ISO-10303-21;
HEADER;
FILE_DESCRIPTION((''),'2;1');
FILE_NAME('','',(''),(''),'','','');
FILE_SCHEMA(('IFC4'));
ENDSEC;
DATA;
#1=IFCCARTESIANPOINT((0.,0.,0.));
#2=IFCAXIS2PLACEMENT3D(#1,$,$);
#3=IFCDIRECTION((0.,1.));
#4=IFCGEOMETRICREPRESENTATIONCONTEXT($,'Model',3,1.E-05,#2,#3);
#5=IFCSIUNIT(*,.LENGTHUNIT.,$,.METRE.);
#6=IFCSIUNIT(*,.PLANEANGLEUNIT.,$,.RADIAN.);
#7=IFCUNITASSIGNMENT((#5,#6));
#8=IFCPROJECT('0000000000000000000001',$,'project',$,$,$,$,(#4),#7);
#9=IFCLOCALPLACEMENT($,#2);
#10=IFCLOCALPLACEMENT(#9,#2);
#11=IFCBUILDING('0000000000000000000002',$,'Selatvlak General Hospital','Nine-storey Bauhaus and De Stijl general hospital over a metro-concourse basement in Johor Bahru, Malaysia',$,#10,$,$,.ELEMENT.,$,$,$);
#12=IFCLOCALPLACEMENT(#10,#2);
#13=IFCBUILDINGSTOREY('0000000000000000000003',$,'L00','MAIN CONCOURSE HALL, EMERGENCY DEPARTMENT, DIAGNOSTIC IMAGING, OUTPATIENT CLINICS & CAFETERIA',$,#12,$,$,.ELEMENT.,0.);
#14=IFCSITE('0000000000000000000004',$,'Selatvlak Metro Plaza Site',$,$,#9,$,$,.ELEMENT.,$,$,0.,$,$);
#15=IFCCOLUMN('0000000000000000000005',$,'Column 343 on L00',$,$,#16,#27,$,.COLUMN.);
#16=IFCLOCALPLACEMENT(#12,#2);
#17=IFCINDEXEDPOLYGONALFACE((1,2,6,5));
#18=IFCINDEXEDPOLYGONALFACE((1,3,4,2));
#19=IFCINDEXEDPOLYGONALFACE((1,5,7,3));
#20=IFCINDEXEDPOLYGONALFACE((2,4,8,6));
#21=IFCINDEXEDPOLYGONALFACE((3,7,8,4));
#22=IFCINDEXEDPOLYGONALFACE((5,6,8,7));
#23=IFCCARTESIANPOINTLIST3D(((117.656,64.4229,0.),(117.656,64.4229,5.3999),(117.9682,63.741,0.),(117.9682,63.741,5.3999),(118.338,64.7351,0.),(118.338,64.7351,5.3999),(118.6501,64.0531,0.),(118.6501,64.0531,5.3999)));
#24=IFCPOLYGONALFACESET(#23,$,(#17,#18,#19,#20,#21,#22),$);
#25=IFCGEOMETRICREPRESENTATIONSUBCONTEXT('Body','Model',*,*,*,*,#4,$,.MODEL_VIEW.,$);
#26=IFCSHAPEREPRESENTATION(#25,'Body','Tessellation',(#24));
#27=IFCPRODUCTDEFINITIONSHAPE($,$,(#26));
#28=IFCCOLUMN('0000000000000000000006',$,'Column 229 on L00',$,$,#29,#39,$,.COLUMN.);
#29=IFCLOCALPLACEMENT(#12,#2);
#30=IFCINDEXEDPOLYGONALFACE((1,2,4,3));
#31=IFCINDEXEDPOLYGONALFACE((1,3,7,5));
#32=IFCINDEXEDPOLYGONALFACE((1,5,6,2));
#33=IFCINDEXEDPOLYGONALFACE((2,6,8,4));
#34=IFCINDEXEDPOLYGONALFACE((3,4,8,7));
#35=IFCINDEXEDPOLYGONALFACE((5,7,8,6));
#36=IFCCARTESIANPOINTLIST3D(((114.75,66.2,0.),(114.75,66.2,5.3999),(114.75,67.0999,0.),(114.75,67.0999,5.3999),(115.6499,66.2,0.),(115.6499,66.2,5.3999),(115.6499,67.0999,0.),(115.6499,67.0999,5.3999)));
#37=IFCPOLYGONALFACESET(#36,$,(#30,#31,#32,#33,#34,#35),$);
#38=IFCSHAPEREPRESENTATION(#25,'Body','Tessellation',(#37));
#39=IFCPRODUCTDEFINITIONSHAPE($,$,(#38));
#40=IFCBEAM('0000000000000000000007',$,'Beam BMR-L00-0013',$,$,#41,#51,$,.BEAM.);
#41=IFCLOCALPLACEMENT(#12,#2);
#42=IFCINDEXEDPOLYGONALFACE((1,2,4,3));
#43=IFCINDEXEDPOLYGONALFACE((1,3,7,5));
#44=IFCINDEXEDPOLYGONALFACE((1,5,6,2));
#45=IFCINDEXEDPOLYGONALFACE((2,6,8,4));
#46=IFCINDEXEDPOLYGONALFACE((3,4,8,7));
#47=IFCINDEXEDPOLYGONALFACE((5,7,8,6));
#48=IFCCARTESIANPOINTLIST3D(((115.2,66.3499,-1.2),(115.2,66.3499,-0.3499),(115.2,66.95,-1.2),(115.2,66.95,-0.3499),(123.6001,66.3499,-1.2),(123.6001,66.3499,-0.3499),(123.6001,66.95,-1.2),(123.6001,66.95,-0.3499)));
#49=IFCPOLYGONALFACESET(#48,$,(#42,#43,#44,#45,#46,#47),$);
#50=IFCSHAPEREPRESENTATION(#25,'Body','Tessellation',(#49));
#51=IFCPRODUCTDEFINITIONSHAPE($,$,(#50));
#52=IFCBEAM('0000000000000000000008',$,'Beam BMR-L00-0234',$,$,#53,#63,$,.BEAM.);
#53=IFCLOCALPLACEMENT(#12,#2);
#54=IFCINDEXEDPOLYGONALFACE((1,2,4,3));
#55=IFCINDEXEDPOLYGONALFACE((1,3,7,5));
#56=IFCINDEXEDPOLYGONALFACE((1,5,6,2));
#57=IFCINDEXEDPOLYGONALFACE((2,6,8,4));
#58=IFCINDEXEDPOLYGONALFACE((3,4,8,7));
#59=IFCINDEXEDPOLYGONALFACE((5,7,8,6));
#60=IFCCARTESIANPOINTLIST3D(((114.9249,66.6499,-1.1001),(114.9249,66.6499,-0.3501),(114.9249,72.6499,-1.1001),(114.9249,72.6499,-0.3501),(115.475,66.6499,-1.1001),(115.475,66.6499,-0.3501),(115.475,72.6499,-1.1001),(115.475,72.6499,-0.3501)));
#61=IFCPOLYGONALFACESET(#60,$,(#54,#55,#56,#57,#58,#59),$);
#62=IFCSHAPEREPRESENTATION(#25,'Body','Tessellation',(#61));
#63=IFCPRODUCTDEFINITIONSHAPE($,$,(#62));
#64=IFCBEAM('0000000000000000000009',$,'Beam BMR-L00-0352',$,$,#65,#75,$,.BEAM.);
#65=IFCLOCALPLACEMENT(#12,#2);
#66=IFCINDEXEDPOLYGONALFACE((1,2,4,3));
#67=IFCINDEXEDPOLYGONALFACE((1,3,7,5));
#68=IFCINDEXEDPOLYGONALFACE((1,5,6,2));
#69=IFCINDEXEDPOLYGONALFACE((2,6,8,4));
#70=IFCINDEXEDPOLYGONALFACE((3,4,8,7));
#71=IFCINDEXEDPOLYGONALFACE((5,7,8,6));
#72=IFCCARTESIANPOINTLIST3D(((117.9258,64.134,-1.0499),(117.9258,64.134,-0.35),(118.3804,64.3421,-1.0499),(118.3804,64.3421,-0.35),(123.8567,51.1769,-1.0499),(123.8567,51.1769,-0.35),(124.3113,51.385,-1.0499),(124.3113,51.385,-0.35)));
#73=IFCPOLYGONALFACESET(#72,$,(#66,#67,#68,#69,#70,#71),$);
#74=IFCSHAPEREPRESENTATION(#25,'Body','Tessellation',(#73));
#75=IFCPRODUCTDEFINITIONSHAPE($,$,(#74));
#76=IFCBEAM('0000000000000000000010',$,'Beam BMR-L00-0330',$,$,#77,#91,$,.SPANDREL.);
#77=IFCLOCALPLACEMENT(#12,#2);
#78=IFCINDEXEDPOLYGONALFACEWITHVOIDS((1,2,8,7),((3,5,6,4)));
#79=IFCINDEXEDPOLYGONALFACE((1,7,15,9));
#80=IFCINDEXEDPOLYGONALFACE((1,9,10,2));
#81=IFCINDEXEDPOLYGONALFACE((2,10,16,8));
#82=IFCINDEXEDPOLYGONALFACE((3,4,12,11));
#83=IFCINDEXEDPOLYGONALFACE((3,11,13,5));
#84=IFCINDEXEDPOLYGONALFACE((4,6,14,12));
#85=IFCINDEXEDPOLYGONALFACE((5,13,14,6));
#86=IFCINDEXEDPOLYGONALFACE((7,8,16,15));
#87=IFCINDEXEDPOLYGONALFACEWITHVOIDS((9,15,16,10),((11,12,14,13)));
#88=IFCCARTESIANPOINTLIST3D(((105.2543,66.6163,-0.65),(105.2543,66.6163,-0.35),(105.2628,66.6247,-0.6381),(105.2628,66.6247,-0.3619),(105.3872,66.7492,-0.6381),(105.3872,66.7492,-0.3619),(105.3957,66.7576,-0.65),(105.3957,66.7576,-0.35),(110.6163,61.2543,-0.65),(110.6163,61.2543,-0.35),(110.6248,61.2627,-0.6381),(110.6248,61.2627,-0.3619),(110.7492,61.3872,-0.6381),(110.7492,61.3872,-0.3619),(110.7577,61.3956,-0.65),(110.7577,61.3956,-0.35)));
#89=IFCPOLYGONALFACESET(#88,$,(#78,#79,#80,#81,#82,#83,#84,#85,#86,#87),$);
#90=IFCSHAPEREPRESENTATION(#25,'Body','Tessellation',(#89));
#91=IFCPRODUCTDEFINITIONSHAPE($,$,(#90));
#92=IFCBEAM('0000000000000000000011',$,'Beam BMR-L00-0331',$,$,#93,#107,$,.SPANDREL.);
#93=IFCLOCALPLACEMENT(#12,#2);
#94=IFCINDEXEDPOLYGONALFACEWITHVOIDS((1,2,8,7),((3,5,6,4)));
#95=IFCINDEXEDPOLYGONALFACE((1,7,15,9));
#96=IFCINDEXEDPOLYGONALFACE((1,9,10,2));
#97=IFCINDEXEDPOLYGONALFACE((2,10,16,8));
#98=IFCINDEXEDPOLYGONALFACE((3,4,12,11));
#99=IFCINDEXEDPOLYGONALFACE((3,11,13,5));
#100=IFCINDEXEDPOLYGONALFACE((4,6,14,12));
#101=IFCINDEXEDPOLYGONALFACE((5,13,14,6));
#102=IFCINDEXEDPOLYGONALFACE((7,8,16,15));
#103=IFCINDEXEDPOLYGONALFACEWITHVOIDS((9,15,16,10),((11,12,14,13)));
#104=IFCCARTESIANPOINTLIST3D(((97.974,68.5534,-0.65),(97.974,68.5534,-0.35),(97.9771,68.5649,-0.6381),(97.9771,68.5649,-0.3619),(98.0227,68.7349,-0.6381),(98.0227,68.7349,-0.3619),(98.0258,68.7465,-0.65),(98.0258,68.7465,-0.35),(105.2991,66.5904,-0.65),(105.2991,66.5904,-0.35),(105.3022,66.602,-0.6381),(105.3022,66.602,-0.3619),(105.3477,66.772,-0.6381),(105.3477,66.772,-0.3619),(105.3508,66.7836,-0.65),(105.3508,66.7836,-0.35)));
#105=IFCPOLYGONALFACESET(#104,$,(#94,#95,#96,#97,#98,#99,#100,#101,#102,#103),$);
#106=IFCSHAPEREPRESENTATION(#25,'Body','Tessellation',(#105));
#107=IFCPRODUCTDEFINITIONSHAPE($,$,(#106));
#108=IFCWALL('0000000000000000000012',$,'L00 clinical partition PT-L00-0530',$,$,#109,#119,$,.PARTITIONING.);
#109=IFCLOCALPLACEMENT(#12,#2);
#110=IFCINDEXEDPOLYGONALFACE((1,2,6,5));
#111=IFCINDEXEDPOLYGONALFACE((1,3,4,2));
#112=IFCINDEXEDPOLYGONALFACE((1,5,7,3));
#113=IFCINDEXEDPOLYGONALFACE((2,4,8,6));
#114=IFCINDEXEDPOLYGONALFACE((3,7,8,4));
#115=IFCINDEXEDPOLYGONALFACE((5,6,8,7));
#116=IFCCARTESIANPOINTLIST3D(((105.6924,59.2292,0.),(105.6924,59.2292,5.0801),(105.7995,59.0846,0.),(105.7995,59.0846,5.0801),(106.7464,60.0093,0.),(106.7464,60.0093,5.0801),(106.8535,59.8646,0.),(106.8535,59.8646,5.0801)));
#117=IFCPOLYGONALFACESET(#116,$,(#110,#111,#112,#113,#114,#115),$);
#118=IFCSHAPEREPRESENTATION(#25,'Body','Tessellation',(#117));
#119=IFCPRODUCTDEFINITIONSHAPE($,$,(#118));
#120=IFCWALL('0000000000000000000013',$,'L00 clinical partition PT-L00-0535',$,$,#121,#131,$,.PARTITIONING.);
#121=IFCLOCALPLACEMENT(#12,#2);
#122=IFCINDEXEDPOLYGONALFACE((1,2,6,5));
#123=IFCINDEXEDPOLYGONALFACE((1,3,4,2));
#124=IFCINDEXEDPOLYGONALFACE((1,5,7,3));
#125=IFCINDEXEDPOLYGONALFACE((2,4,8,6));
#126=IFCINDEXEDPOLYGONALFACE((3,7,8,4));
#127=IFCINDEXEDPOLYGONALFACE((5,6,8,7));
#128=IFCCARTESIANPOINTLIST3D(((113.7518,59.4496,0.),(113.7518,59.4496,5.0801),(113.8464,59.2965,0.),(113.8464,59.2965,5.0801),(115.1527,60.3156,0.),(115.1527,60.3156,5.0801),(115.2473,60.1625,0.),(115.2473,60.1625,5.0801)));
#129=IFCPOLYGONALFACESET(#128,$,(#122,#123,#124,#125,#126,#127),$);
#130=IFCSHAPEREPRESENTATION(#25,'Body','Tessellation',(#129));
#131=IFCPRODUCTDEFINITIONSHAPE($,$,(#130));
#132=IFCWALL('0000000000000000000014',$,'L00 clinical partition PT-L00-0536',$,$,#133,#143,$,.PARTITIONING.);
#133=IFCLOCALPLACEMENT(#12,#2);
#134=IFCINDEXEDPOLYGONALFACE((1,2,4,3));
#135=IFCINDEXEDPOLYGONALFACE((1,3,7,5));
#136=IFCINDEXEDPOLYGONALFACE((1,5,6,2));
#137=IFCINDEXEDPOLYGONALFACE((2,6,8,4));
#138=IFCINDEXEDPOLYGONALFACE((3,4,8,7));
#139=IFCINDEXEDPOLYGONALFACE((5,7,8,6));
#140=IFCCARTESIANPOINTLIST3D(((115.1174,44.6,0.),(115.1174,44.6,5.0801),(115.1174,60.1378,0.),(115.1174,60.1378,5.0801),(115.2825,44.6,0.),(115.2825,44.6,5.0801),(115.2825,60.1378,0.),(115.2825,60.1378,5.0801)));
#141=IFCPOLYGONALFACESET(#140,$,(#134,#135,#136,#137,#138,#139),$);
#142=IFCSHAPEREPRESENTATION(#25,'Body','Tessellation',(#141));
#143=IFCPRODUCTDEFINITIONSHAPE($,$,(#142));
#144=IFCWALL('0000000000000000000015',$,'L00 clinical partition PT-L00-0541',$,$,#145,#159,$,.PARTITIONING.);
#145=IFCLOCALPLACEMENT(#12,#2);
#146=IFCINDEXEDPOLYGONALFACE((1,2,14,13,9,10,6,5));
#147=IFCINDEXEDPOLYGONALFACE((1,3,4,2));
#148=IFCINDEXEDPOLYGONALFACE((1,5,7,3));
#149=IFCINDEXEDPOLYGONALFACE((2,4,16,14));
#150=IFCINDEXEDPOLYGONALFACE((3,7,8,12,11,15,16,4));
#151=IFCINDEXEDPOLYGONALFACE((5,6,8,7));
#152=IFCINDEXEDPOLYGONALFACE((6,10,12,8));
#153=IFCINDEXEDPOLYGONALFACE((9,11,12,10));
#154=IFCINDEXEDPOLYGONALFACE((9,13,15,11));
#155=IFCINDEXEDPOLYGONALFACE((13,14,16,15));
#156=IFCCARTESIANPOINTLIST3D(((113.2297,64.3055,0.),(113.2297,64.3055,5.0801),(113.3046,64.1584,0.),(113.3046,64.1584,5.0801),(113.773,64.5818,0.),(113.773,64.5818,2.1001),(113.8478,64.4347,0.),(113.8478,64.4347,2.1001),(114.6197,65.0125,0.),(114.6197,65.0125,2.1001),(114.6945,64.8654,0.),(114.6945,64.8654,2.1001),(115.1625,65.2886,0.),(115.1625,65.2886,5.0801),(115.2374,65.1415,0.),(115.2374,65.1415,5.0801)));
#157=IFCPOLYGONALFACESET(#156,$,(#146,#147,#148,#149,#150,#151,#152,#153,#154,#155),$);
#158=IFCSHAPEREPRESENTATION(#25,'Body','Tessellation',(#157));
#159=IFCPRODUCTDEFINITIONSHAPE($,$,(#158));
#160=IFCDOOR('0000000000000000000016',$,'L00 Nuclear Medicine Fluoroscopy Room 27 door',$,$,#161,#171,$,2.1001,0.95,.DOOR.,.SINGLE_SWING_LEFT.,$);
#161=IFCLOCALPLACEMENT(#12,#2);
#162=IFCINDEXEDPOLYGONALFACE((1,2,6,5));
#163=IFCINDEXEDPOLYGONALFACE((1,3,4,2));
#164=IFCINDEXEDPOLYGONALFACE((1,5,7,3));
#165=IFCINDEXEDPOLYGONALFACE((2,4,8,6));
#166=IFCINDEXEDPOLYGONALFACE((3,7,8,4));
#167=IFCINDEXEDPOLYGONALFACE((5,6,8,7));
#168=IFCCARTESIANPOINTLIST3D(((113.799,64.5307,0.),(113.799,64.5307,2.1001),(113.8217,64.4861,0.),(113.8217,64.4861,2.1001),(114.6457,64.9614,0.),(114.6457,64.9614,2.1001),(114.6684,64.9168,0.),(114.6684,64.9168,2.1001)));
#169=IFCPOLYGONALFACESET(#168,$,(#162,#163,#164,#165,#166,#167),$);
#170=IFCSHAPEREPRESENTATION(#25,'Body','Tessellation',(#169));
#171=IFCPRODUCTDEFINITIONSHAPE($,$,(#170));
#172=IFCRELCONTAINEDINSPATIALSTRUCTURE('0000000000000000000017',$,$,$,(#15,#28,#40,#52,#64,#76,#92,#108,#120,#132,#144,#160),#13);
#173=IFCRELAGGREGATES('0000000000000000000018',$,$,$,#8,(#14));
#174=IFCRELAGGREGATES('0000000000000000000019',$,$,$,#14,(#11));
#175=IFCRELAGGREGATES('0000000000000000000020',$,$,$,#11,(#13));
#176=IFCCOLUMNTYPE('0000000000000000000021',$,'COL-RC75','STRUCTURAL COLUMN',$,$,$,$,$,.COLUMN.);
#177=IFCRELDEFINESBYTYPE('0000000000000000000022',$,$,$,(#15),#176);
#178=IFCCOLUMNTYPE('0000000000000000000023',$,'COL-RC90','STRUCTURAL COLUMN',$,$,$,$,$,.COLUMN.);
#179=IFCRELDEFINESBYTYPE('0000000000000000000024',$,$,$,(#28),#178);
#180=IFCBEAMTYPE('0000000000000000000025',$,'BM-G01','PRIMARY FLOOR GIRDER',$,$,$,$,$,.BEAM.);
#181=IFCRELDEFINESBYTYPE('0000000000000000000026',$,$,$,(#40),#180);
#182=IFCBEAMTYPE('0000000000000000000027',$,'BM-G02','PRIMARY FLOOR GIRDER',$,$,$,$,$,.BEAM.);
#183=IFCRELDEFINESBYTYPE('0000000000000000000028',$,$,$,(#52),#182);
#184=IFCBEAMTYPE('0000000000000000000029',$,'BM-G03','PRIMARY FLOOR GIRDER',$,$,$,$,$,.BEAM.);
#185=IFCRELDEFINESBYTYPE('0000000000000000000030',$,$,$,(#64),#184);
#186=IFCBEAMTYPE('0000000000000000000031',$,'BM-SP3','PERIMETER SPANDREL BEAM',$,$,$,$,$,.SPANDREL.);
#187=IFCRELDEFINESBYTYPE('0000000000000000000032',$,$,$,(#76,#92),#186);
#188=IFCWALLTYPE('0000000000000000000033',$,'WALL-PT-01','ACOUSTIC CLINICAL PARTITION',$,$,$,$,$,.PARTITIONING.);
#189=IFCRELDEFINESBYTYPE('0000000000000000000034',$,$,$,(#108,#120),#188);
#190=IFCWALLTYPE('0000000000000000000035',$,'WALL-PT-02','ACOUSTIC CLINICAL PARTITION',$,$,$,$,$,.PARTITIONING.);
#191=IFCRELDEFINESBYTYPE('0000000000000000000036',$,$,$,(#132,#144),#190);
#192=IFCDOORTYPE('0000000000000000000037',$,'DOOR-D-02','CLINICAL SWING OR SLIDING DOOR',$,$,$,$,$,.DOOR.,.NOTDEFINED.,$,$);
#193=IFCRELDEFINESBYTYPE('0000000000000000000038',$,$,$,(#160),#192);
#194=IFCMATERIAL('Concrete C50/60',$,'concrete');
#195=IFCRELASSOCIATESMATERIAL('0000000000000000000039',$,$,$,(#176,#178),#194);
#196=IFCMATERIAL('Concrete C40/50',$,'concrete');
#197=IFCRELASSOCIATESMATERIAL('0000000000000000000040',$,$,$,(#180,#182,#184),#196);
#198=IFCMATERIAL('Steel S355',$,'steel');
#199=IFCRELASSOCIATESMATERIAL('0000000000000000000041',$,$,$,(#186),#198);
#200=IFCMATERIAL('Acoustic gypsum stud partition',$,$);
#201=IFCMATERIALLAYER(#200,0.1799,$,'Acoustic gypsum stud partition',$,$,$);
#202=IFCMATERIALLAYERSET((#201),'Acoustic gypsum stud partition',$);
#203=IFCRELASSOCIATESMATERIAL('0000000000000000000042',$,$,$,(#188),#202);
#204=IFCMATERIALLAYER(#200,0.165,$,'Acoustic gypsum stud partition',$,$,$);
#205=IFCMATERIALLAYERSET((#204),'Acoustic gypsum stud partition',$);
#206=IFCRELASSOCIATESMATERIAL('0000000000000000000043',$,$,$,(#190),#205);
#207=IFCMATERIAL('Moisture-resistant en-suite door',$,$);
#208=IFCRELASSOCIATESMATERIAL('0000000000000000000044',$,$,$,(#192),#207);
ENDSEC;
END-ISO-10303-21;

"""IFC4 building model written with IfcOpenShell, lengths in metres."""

from ifc_helpers import new_model, si_unit, direction, frame, frame_2d, origin, origin_2d, place, context, subcontext, project, spatial, rectangle, hollow_rectangle, extrude, material, layer, layer_set, material_profile, profile_set, type_object, element, fill, save


model = new_model("IFC4")

# Units and contexts
model_context = context("Model", 3, precision=1e-05, world=origin(), true_north=direction((0.0, 1.0)))
body_context = subcontext(model_context, "Body", "Model", "MODEL_VIEW")
ifc_project = project(units=[si_unit("LENGTHUNIT", "METRE"), si_unit("PLANEANGLEUNIT", "RADIAN")], contexts=[model_context])

# Site, building, storey
site_placement = place(None, origin())
site = spatial("IfcSite", under=ifc_project, at=site_placement, Name="Selatvlak Metro Plaza Site", CompositionType="ELEMENT", RefElevation=0.0)
building_placement = place(site_placement, origin())
building = spatial("IfcBuilding", under=site, at=building_placement, Name="Selatvlak General Hospital", Description="Nine-storey Bauhaus and De Stijl general hospital over a metro-concourse basement in Johor Bahru, Malaysia", CompositionType="ELEMENT")
storey_placement = place(building_placement, origin())
storey = spatial("IfcBuildingStorey", under=building, at=storey_placement, Name="L00", Description="MAIN CONCOURSE HALL, EMERGENCY DEPARTMENT, DIAGNOSTIC IMAGING, OUTPATIENT CLINICS & CAFETERIA", CompositionType="ELEMENT", Elevation=0.0)

# Columns
ifc_material_1 = material(Name="Concrete C50/60", Category="concrete")
ifc_material_profile_1 = material_profile(ifc_material_1, rectangle(XDim=0.75, YDim=0.75, at=origin_2d()), Name="RC-COL 750x750")
ifc_profile_set_1 = profile_set([ifc_material_profile_1], Name="Concrete C50/60")
column_type_1 = type_object("IfcColumnType", Name="COL-RC75", Description="STRUCTURAL COLUMN", PredefinedType="COLUMN", material=ifc_profile_set_1)
column_1_placement = place(storey_placement, frame((118.1531, 64.238, 0.0), z_axis=(0.0, 0.0, 1.0), x_axis=(-0.416201, 0.909272, 0.0)))
element("IfcColumn", 1, at=column_1_placement, inside=storey, type_object=column_type_1, Name="Column 343 on L00", PredefinedType="COLUMN", context=body_context, shape_type="SweptSolid", body=[
    extrude(rectangle(XDim=0.75, YDim=0.75, at=origin_2d()), origin(), (0.0, 0.0, 1.0), 5.3999),
])
ifc_material_profile_2 = material_profile(ifc_material_1, rectangle(XDim=0.8999, YDim=0.8999, at=origin_2d()), Name="RC-COL 900x900")
ifc_profile_set_2 = profile_set([ifc_material_profile_2], Name="Concrete C50/60")
column_type_2 = type_object("IfcColumnType", Name="COL-RC90", Description="STRUCTURAL COLUMN", PredefinedType="COLUMN", material=ifc_profile_set_2)
column_2_placement = place(storey_placement, frame((115.2, 66.6499, 0.0), z_axis=(0.0, 0.0, 1.0), x_axis=(1.0, 0.0, 0.0)))
element("IfcColumn", 2, at=column_2_placement, inside=storey, type_object=column_type_2, Name="Column 229 on L00", PredefinedType="COLUMN", context=body_context, shape_type="SweptSolid", body=[
    extrude(rectangle(XDim=0.8999, YDim=0.8999, at=origin_2d()), origin(), (0.0, 0.0, 1.0), 5.3999),
])

# Beams
ifc_material_2 = material(Name="Concrete C40/50", Category="concrete")
ifc_material_profile_3 = material_profile(ifc_material_2, rectangle(XDim=0.6001, YDim=0.8501, at=origin_2d()), Name="RC-BM 600x850")
ifc_profile_set_3 = profile_set([ifc_material_profile_3], Name="Concrete C40/50")
beam_type_1 = type_object("IfcBeamType", Name="BM-G01", Description="PRIMARY FLOOR GIRDER", PredefinedType="BEAM", material=ifc_profile_set_3)
beam_1_placement = place(storey_placement, frame((115.2, 66.6499, -0.7749), z_axis=(1.0, 0.0, 0.0), x_axis=(0.0, 1.0, 0.0)))
element("IfcBeam", 3, at=beam_1_placement, inside=storey, type_object=beam_type_1, Name="Beam BMR-L00-0013", PredefinedType="BEAM", context=body_context, shape_type="SweptSolid", body=[
    extrude(rectangle(XDim=0.6001, YDim=0.8501, at=origin_2d()), origin(), (0.0, 0.0, 1.0), 8.4001),
])
ifc_material_profile_4 = material_profile(ifc_material_2, rectangle(XDim=0.55, YDim=0.75, at=origin_2d()), Name="RC-BM 550x750")
ifc_profile_set_4 = profile_set([ifc_material_profile_4], Name="Concrete C40/50")
beam_type_2 = type_object("IfcBeamType", Name="BM-G02", Description="PRIMARY FLOOR GIRDER", PredefinedType="BEAM", material=ifc_profile_set_4)
beam_2_placement = place(storey_placement, frame((115.2, 66.6499, -0.7251), z_axis=(0.0, 1.0, 0.0), x_axis=(-1.0, 0.0, 0.0)))
element("IfcBeam", 4, at=beam_2_placement, inside=storey, type_object=beam_type_2, Name="Beam BMR-L00-0234", PredefinedType="BEAM", context=body_context, shape_type="SweptSolid", body=[
    extrude(rectangle(XDim=0.55, YDim=0.75, at=origin_2d()), origin(), (0.0, 0.0, 1.0), 6.0),
])
ifc_material_profile_5 = material_profile(ifc_material_2, rectangle(XDim=0.5, YDim=0.7, at=origin_2d()), Name="RC-BM 500x700")
ifc_profile_set_5 = profile_set([ifc_material_profile_5], Name="Concrete C40/50")
beam_type_3 = type_object("IfcBeamType", Name="BM-G03", Description="PRIMARY FLOOR GIRDER", PredefinedType="BEAM", material=ifc_profile_set_5)
beam_3_placement = place(storey_placement, frame((118.1531, 64.238, -0.7), z_axis=(0.416206, -0.90927, 0.0), x_axis=(0.90927, 0.416206, 0.0)))
element("IfcBeam", 5, at=beam_3_placement, inside=storey, type_object=beam_type_3, Name="Beam BMR-L00-0352", PredefinedType="BEAM", context=body_context, shape_type="SweptSolid", body=[
    extrude(rectangle(XDim=0.5, YDim=0.7, at=origin_2d()), origin(), (0.0, 0.0, 1.0), 14.25),
])
ifc_material_3 = material(Name="Steel S355", Category="steel")
ifc_material_profile_6 = material_profile(ifc_material_3, hollow_rectangle(XDim=0.2, YDim=0.3, WallThickness=0.012, at=origin_2d()), Name="RHS 300x200x12")
ifc_profile_set_6 = profile_set([ifc_material_profile_6], Name="Steel S355")
beam_type_4 = type_object("IfcBeamType", Name="BM-SP3", Description="PERIMETER SPANDREL BEAM", PredefinedType="SPANDREL", material=ifc_profile_set_6)
beam_4_placement = place(storey_placement, frame((110.687, 61.325, -0.5), z_axis=(-0.707107, 0.707107, 0.0), x_axis=(-0.707107, -0.707107, 0.0)))
element("IfcBeam", 6, at=beam_4_placement, inside=storey, type_object=beam_type_4, Name="Beam BMR-L00-0330", PredefinedType="SPANDREL", context=body_context, shape_type="SweptSolid", body=[
    extrude(hollow_rectangle(XDim=0.2, YDim=0.3, WallThickness=0.012, at=origin_2d()), origin(), (0.0, 0.0, 1.0), 7.583),
])
beam_5_placement = place(storey_placement, frame((105.325, 66.687, -0.5), z_axis=(-0.96592, 0.258841, 0.0), x_axis=(-0.258841, -0.96592, 0.0)))
element("IfcBeam", 7, at=beam_5_placement, inside=storey, type_object=beam_type_4, Name="Beam BMR-L00-0331", PredefinedType="SPANDREL", context=body_context, shape_type="SweptSolid", body=[
    extrude(hollow_rectangle(XDim=0.2, YDim=0.3, WallThickness=0.012, at=origin_2d()), origin(), (0.0, 0.0, 1.0), 7.5835),
])

# Walls
ifc_material_4 = material(Name="Acoustic gypsum stud partition")
ifc_layer_1 = layer(ifc_material_4, 0.1799, Name="Acoustic gypsum stud partition")
ifc_layer_set_1 = layer_set([ifc_layer_1], Name="Acoustic gypsum stud partition")
wall_type_1 = type_object("IfcWallType", Name="WALL-PT-01", Description="ACOUSTIC CLINICAL PARTITION", PredefinedType="PARTITIONING", material=ifc_layer_set_1)
wall_1_placement = place(storey_placement, frame((106.8, 59.937, 0.0), z_axis=(0.0, 0.0, 1.0), x_axis=(-0.803805, -0.594894, 0.0)))
element("IfcWall", 8, at=wall_1_placement, inside=storey, type_object=wall_type_1, Name="L00 clinical partition PT-L00-0530", PredefinedType="PARTITIONING", context=body_context, shape_type="SweptSolid", body=[
    extrude(rectangle(XDim=1.3113, YDim=0.1799, at=frame_2d((0.6558, 0.0))), origin(), (0.0, 0.0, 1.0), 5.0801),
])
wall_2_placement = place(storey_placement, frame((113.7991, 59.373, 0.0), z_axis=(0.0, 0.0, 1.0), x_axis=(0.850603, 0.525808, 0.0)))
element("IfcWall", 9, at=wall_2_placement, inside=storey, type_object=wall_type_1, Name="L00 clinical partition PT-L00-0535", PredefinedType="PARTITIONING", context=body_context, shape_type="SweptSolid", body=[
    extrude(rectangle(XDim=1.647, YDim=0.1799, at=frame_2d((0.8235, 0.0))), origin(), (0.0, 0.0, 1.0), 5.0801),
])
ifc_layer_2 = layer(ifc_material_4, 0.165, Name="Acoustic gypsum stud partition")
ifc_layer_set_2 = layer_set([ifc_layer_2], Name="Acoustic gypsum stud partition")
wall_type_2 = type_object("IfcWallType", Name="WALL-PT-02", Description="ACOUSTIC CLINICAL PARTITION", PredefinedType="PARTITIONING", material=ifc_layer_set_2)
wall_3_placement = place(storey_placement, frame((115.2, 60.1379, 0.0), z_axis=(0.0, 0.0, 1.0), x_axis=(0.0, -1.0, 0.0)))
element("IfcWall", 10, at=wall_3_placement, inside=storey, type_object=wall_type_2, Name="L00 clinical partition PT-L00-0536", PredefinedType="PARTITIONING", context=body_context, shape_type="SweptSolid", body=[
    extrude(rectangle(XDim=15.5378, YDim=0.165, at=frame_2d((7.769, 0.0))), origin(), (0.0, 0.0, 1.0), 5.0801),
])

# Wall, opening, door
wall_4_placement = place(storey_placement, frame((115.2, 65.2151, 0.0), z_axis=(0.0, 0.0, 1.0), x_axis=(-0.891321, -0.453373, 0.0)))
wall_4 = element("IfcWall", 11, at=wall_4_placement, inside=storey, type_object=wall_type_2, Name="L00 clinical partition PT-L00-0541", PredefinedType="PARTITIONING", context=body_context, shape_type="SweptSolid", body=[
    extrude(rectangle(XDim=2.1685, YDim=0.165, at=frame_2d((1.0842, 0.0))), origin(), (0.0, 0.0, 1.0), 5.0801),
])
opening_1_placement = place(wall_4_placement, frame((0.6089, 0.0, 0.0)))
opening_1 = element("IfcOpeningElement", 12, at=opening_1_placement, cuts=wall_4, PredefinedType="OPENING", context=body_context, shape_type="SweptSolid", body=[
    extrude(rectangle(XDim=0.95, YDim=2.1001, at=frame_2d((0.4751, 1.05))), frame((0.0, 0.0925, 0.0), z_axis=(0.0, -1.0, 0.0), x_axis=(1.0, 0.0, 0.0)), (0.0, 0.0, 1.0), 0.1851),
])
ifc_material_5 = material(Name="Moisture-resistant en-suite door")
door_type_1 = type_object("IfcDoorType", Name="DOOR-D-02", Description="CLINICAL SWING OR SLIDING DOOR", OperationType="NOTDEFINED", PredefinedType="DOOR", material=ifc_material_5)
door_1_placement = place(opening_1_placement, origin())
door_1 = element("IfcDoor", 13, at=door_1_placement, inside=storey, type_object=door_type_1, Name="L00 Nuclear Medicine Fluoroscopy Room 27 door", OperationType="SINGLE_SWING_LEFT", OverallHeight=2.1001, OverallWidth=0.95, PredefinedType="DOOR", context=body_context, shape_type="SweptSolid", body=[
    extrude(rectangle(XDim=0.95, YDim=2.1001, at=frame_2d((0.4751, 1.05))), frame((0.0, 0.0249, 0.0), z_axis=(0.0, -1.0, 0.0), x_axis=(1.0, 0.0, 0.0)), (0.0, 0.0, 1.0), 0.05),
])
fill(opening_1, door_1)

save(model, "model.ifc")
